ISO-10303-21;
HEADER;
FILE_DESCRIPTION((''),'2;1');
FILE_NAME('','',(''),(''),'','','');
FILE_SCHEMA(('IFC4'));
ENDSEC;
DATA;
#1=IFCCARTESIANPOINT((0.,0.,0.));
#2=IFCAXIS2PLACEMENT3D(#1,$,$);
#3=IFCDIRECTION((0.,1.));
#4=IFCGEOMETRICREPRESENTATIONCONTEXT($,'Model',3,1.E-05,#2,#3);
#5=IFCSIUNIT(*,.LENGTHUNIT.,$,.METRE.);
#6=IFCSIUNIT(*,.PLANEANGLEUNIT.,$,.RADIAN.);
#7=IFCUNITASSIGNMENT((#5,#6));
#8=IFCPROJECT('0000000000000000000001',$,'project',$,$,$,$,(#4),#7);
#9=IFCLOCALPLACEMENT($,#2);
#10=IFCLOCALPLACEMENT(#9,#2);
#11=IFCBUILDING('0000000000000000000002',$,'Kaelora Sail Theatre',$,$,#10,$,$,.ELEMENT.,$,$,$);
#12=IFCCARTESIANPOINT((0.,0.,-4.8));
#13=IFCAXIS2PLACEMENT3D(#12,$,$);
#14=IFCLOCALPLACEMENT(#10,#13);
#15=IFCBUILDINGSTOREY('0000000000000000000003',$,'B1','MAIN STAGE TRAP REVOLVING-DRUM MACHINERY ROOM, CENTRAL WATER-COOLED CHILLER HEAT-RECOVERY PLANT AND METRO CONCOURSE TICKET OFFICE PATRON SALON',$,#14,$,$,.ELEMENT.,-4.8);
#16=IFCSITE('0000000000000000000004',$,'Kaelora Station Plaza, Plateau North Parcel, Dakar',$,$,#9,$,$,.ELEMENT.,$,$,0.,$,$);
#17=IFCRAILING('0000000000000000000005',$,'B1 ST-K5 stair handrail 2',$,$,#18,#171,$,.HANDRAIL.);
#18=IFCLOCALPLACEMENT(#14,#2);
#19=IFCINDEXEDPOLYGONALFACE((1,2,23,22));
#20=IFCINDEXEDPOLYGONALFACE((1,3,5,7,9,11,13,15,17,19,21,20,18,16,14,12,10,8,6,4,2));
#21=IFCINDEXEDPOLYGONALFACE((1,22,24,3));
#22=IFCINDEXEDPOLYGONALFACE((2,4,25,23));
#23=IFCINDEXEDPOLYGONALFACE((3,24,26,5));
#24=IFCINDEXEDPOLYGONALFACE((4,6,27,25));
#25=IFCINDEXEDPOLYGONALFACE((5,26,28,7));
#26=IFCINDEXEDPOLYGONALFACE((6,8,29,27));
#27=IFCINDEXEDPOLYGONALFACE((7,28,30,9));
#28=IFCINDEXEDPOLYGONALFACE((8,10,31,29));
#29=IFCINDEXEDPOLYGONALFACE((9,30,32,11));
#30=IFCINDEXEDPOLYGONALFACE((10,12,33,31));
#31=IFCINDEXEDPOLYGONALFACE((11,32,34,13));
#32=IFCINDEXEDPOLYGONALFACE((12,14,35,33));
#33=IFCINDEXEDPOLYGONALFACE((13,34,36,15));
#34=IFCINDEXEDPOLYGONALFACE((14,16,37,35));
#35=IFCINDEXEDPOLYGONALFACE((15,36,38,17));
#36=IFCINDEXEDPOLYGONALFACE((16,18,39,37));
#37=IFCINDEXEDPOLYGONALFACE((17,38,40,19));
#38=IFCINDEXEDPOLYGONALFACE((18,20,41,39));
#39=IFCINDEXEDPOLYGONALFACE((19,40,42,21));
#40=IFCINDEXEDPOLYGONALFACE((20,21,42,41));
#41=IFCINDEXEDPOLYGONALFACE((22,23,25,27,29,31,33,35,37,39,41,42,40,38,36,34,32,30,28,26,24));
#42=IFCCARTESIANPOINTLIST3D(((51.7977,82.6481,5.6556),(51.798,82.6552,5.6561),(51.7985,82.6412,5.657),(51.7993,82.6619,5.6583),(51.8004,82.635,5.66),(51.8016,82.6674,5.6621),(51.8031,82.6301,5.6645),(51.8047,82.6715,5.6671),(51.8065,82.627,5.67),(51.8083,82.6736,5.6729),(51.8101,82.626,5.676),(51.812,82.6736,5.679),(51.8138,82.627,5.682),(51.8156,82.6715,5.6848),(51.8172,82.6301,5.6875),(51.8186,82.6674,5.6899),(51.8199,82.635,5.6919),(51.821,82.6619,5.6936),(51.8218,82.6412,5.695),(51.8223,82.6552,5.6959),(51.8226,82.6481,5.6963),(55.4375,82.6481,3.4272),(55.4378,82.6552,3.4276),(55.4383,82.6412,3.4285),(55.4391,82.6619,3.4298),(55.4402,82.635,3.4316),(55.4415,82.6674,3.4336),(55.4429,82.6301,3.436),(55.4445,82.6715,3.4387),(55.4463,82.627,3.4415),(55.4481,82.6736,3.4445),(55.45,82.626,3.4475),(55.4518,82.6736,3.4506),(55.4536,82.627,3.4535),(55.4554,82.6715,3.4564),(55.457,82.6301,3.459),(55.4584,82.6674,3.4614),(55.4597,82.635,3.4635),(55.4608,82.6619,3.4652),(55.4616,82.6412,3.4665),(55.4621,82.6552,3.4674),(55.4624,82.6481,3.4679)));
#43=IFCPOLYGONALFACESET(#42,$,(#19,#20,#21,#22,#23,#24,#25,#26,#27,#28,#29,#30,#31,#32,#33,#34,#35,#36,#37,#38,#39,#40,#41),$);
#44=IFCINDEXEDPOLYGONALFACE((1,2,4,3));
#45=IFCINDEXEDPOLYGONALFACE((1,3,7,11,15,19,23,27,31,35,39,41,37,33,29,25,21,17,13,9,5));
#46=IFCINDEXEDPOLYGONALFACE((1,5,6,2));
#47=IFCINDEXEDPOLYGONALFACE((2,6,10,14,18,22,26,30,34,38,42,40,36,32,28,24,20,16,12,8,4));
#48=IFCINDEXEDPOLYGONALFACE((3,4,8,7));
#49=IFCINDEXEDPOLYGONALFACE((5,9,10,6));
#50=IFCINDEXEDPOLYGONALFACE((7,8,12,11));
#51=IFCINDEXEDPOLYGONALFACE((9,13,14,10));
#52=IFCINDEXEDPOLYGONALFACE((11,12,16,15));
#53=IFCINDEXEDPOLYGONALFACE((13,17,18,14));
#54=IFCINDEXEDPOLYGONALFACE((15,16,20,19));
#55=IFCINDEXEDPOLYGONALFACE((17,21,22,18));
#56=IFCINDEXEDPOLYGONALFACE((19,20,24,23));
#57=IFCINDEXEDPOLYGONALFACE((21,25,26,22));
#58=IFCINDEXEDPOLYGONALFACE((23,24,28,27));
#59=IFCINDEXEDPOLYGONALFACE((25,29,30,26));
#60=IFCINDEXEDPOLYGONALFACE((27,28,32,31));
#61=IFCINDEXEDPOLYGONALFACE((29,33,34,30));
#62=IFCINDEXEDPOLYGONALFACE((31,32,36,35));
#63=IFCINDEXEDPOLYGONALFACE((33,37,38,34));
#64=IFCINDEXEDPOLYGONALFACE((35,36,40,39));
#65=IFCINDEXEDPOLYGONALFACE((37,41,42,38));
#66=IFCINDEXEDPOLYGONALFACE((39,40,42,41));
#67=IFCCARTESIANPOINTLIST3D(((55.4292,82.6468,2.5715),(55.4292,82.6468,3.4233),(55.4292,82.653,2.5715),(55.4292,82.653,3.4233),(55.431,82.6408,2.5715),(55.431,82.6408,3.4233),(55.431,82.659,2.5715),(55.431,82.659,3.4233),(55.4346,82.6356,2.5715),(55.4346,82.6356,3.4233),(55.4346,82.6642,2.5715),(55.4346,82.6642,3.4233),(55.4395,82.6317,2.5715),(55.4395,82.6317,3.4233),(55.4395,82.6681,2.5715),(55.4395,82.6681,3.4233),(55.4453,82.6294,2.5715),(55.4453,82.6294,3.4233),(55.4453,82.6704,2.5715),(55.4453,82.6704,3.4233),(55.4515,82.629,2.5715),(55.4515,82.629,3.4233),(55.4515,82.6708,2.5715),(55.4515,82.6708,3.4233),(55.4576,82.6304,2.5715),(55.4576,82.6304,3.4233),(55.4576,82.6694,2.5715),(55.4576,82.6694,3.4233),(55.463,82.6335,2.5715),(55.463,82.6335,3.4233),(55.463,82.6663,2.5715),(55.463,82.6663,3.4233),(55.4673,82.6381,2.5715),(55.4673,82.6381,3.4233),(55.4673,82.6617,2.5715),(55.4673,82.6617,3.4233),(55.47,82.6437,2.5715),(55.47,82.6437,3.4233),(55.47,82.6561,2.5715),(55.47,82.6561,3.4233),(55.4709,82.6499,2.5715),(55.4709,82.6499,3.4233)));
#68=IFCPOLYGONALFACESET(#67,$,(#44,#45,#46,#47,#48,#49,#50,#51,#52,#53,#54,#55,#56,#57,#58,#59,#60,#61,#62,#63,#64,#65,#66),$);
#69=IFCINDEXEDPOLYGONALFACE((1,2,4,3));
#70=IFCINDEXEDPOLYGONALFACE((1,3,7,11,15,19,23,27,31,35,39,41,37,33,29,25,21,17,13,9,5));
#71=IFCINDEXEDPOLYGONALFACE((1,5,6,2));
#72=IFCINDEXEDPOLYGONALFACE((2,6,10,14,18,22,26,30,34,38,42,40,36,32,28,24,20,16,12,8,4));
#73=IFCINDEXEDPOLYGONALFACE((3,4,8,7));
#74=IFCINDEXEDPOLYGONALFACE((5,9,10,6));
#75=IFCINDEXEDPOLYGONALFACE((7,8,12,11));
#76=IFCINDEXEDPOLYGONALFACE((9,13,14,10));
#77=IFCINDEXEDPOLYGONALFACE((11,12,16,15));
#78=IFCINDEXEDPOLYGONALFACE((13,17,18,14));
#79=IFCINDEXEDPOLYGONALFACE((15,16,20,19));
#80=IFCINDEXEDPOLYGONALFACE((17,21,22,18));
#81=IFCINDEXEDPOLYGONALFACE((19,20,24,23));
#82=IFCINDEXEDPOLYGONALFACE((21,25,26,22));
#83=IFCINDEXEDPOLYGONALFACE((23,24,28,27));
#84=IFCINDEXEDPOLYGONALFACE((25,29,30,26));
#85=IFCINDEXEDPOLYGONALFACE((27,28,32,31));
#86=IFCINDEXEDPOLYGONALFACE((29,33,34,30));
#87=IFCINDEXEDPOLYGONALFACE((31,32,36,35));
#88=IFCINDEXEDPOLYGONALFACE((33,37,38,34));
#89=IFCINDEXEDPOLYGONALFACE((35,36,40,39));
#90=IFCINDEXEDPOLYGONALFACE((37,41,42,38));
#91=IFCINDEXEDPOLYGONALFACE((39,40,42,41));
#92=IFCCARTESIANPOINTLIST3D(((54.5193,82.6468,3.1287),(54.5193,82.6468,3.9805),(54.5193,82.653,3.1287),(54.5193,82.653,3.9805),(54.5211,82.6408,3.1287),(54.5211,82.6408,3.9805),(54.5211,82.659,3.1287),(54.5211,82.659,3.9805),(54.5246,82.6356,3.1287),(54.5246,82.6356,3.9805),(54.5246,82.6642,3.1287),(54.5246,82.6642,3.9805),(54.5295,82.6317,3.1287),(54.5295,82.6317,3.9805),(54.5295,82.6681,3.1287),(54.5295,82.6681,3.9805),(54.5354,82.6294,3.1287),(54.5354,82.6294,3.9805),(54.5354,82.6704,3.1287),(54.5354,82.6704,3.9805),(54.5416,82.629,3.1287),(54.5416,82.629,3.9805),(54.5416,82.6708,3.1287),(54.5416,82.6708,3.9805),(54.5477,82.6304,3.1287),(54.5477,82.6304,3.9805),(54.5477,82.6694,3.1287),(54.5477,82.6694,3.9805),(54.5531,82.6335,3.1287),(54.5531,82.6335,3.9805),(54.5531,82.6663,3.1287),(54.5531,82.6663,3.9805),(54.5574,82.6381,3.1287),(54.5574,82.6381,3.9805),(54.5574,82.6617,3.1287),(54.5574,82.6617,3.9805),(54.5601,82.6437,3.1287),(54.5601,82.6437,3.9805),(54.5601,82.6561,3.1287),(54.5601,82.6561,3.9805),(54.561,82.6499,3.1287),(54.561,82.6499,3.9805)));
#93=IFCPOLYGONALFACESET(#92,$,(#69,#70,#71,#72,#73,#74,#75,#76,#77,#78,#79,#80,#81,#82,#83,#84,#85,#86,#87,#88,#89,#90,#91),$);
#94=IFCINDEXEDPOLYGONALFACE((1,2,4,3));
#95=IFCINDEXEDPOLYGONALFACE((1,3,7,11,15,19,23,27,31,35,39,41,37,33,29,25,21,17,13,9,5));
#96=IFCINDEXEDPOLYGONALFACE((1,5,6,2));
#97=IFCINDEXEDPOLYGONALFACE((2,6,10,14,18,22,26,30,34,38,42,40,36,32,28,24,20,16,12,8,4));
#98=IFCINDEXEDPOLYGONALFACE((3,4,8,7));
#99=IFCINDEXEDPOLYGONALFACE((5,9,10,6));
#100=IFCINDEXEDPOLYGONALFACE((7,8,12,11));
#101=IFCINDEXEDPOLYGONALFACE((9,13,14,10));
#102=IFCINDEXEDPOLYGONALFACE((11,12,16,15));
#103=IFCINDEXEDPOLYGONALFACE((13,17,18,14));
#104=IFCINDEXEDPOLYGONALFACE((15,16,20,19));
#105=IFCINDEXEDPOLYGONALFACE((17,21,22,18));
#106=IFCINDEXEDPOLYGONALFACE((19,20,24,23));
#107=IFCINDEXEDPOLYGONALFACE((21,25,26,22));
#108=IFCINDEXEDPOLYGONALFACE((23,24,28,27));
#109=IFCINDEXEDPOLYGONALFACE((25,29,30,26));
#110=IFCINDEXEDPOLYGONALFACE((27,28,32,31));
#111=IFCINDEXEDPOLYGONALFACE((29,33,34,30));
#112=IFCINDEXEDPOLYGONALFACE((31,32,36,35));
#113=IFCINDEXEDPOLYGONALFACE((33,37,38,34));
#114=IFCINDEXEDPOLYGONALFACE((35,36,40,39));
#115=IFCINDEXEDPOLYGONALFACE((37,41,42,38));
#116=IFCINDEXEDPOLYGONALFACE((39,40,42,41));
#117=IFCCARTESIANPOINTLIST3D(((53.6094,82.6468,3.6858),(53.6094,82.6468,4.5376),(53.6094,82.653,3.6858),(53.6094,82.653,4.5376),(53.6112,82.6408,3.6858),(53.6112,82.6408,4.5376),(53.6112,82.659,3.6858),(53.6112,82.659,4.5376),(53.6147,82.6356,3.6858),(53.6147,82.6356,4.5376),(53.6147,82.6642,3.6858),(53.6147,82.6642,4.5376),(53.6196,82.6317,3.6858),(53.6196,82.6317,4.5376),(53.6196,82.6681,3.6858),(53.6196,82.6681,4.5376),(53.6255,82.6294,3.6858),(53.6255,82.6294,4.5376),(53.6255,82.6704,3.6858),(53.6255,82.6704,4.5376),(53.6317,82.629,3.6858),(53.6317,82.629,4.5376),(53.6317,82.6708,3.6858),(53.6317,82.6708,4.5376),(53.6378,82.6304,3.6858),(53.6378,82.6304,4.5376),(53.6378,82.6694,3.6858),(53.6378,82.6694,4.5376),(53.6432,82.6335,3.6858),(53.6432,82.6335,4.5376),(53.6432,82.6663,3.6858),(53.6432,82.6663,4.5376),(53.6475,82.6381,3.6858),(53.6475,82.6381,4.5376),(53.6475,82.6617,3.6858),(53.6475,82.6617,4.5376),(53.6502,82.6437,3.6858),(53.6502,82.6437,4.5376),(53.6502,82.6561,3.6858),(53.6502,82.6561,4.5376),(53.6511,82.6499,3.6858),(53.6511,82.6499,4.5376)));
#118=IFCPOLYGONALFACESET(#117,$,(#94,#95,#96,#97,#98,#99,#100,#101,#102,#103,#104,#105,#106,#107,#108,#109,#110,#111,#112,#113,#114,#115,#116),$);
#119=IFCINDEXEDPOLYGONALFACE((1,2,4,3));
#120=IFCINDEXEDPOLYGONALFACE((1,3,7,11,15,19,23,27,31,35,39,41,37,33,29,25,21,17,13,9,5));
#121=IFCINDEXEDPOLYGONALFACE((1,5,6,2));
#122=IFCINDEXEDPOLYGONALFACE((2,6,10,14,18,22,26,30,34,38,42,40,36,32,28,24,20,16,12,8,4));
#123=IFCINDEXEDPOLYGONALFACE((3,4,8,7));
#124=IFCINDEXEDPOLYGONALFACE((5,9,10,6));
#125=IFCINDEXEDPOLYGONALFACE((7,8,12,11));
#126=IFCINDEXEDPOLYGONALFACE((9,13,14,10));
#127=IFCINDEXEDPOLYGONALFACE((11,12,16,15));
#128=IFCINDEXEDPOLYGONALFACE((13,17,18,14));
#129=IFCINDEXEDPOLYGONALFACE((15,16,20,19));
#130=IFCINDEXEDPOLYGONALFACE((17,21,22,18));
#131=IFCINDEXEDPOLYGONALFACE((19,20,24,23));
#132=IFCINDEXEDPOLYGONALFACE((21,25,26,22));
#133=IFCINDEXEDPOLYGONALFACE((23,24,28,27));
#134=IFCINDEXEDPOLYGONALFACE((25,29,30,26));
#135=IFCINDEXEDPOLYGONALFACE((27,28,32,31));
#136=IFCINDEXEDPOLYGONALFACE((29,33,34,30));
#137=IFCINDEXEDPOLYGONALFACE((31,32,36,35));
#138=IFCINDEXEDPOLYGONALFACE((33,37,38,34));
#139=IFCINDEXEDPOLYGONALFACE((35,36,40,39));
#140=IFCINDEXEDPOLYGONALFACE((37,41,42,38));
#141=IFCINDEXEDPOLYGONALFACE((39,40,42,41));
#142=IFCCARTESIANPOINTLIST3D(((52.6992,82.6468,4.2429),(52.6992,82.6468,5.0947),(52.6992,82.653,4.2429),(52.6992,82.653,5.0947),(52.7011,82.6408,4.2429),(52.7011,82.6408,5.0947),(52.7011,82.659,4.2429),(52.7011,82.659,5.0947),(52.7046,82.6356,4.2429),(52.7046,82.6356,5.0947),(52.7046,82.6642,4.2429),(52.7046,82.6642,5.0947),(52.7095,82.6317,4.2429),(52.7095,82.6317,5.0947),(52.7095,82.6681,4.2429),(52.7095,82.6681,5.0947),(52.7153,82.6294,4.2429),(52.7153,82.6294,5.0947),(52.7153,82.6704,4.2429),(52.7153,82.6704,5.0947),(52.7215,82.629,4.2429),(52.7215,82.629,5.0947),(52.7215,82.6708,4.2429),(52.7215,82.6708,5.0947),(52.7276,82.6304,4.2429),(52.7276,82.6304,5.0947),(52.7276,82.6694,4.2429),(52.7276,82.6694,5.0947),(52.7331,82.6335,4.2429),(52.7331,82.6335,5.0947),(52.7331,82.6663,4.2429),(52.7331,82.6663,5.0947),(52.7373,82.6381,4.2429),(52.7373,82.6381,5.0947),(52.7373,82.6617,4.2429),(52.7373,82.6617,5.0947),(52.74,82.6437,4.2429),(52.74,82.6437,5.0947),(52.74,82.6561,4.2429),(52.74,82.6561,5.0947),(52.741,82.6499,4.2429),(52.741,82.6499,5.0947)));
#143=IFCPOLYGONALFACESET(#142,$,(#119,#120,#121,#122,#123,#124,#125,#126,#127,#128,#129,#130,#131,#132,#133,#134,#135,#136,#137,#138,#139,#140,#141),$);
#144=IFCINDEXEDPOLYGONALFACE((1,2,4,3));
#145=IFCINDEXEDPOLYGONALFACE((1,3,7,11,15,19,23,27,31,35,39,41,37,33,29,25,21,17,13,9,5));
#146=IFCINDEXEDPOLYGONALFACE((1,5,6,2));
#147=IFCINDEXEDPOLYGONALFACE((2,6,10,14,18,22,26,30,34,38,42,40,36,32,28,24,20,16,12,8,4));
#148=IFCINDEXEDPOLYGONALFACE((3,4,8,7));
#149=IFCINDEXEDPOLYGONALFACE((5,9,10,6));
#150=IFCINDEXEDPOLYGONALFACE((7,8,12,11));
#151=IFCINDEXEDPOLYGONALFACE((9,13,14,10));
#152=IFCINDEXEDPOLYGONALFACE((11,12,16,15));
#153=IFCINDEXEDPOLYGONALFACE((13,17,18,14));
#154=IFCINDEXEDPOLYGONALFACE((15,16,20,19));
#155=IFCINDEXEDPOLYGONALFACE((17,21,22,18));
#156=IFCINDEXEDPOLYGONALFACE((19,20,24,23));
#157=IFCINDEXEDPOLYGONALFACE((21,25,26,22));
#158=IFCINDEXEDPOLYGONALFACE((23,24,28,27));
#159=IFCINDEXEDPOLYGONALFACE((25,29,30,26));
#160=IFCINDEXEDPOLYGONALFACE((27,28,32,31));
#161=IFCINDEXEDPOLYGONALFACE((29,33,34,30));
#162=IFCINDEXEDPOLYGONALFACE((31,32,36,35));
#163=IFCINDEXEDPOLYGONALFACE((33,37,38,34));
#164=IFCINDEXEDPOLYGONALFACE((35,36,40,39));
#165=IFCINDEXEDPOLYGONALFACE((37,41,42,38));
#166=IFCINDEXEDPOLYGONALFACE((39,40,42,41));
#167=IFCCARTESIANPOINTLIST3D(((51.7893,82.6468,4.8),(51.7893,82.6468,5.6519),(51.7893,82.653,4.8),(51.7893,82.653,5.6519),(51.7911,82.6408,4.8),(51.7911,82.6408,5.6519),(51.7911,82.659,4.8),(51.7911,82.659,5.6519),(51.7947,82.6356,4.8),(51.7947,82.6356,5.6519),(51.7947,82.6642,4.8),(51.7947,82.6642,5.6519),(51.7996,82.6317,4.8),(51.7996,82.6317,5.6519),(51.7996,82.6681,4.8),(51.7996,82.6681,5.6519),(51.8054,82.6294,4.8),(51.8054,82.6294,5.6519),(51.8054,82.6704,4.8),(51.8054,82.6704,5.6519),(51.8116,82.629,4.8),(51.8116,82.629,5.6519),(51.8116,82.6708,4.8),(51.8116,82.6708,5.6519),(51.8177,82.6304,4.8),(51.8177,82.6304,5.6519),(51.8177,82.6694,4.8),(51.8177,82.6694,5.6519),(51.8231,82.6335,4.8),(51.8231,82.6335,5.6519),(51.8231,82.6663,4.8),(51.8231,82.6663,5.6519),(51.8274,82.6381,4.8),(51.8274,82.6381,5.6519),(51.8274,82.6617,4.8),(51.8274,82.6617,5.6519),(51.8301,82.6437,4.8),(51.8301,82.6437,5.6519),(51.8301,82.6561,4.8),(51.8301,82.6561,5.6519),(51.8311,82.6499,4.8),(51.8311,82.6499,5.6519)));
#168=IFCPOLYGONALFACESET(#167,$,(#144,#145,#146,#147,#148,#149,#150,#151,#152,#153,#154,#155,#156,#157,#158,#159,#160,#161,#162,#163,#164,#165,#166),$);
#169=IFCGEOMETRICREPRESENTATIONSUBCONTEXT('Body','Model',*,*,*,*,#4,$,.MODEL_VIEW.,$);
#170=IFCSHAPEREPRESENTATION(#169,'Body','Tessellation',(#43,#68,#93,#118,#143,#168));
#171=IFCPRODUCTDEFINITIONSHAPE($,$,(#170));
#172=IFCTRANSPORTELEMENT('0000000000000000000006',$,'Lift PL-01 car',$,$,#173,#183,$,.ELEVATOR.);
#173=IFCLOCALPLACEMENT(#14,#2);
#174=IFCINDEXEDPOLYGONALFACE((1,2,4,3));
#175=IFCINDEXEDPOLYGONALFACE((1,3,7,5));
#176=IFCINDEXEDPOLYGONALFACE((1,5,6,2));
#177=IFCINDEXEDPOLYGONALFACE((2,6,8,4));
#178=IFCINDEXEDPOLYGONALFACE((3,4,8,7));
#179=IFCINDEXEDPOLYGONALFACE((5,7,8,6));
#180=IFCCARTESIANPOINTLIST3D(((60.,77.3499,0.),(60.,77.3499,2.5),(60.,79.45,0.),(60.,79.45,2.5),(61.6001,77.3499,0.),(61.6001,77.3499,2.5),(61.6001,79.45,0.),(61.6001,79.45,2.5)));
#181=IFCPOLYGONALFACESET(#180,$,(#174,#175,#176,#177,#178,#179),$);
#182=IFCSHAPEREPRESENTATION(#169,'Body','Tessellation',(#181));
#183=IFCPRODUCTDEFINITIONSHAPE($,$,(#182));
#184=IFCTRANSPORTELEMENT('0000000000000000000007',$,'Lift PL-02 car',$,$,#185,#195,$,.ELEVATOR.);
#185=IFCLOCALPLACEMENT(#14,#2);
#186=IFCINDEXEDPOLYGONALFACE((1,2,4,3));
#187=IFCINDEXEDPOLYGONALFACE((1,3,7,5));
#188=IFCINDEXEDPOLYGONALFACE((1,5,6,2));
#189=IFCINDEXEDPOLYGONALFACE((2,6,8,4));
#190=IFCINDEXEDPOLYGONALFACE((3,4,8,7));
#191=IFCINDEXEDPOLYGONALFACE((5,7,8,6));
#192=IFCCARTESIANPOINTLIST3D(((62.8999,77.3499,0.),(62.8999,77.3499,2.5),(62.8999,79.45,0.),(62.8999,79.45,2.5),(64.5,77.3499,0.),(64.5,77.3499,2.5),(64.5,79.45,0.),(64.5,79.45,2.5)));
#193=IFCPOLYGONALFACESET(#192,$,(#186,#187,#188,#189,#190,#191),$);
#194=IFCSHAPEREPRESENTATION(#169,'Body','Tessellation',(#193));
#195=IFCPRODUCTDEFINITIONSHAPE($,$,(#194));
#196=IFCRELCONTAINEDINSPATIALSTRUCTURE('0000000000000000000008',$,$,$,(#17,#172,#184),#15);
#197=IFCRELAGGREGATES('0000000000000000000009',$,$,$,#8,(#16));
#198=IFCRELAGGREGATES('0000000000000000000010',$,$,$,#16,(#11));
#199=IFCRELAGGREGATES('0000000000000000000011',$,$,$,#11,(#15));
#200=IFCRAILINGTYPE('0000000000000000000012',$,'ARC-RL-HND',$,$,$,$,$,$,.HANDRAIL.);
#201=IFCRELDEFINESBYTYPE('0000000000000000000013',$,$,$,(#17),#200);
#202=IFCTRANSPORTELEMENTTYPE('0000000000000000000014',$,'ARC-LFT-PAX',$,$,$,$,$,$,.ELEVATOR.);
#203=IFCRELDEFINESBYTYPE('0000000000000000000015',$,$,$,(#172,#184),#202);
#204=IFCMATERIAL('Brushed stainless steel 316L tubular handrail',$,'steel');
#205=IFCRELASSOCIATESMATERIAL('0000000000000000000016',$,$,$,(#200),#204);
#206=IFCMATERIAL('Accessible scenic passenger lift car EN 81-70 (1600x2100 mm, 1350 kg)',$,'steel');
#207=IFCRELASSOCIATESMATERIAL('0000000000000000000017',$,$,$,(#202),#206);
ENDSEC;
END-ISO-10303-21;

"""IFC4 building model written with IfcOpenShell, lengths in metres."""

from ifc_helpers import new_model, si_unit, direction, frame, origin, origin_2d, place, context, subcontext, project, spatial, rectangle, circle, extrude, material, type_object, element, save


model = new_model("IFC4")

# Units and contexts
model_context = context("Model", 3, precision=1e-05, world=origin(), true_north=direction((0.0, 1.0)))
body_context = subcontext(model_context, "Body", "Model", "MODEL_VIEW")
ifc_project = project(units=[si_unit("LENGTHUNIT", "METRE"), si_unit("PLANEANGLEUNIT", "RADIAN")], contexts=[model_context])

# Site, building, storey
site_placement = place(None, origin())
site = spatial("IfcSite", under=ifc_project, at=site_placement, Name="Kaelora Station Plaza, Plateau North Parcel, Dakar", CompositionType="ELEMENT", RefElevation=0.0)
building_placement = place(site_placement, origin())
building = spatial("IfcBuilding", under=site, at=building_placement, Name="Kaelora Sail Theatre", CompositionType="ELEMENT")
storey_placement = place(building_placement, frame((0.0, 0.0, -4.8)))
storey = spatial("IfcBuildingStorey", under=building, at=storey_placement, Name="B1", Description="MAIN STAGE TRAP REVOLVING-DRUM MACHINERY ROOM, CENTRAL WATER-COOLED CHILLER HEAT-RECOVERY PLANT AND METRO CONCOURSE TICKET OFFICE PATRON SALON", CompositionType="ELEMENT", Elevation=-4.8)

# Railing
ifc_material_1 = material(Name="Brushed stainless steel 316L tubular handrail", Category="steel")
railing_type_1 = type_object("IfcRailingType", Name="ARC-RL-HND", PredefinedType="HANDRAIL", material=ifc_material_1)
railing_1_placement = place(storey_placement, frame((55.45, 82.6499, 2.5715)))
element("IfcRailing", 1, at=railing_1_placement, inside=storey, type_object=railing_type_1, Name="B1 ST-K5 stair handrail 2", PredefinedType="HANDRAIL", context=body_context, shape_type="SweptSolid", body=[
    extrude(circle(Radius=0.0239, at=origin_2d()), frame((0.0, 0.0, 0.876), z_axis=(-0.85285, 0.0, 0.522156), x_axis=(0.0, -1.0, 0.0)), (0.0, 0.0, 1.0), 4.2678),
    extrude(circle(Radius=0.021, at=origin_2d()), origin(), (0.0, 0.0, 1.0), 0.8518),
    extrude(circle(Radius=0.021, at=origin_2d()), frame((-0.9099, 0.0, 0.5571)), (0.0, 0.0, 1.0), 0.8518),
    extrude(circle(Radius=0.021, at=origin_2d()), frame((-1.8198, 0.0, 1.1143)), (0.0, 0.0, 1.0), 0.8518),
    extrude(circle(Radius=0.021, at=origin_2d()), frame((-2.73, 0.0, 1.6714)), (0.0, 0.0, 1.0), 0.8518),
    extrude(circle(Radius=0.021, at=origin_2d()), frame((-3.6399, 0.0, 2.2285)), (0.0, 0.0, 1.0), 0.8518),
])

# Transport elements
ifc_material_2 = material(Name="Accessible scenic passenger lift car EN 81-70 (1600x2100 mm, 1350 kg)", Category="steel")
transport_element_type = type_object("IfcTransportElementType", Name="ARC-LFT-PAX", PredefinedType="ELEVATOR", material=ifc_material_2)
for number, where, z_axis, x_axis, name in (
    (2, (60.8, 78.3999, 0.0), (0.0, 0.0, 1.0), (1.0, 0.0, 0.0), "Lift PL-01 car"),
    (3, (63.7, 78.3999, 0.0), (0.0, 0.0, 1.0), (1.0, 0.0, 0.0), "Lift PL-02 car"),
):
    element("IfcTransportElement", number, at=place(storey_placement, frame(where, z_axis=z_axis, x_axis=x_axis)), inside=storey, type_object=transport_element_type, Name=name, PredefinedType="ELEVATOR", context=body_context, shape_type="SweptSolid", body=[
        extrude(rectangle(XDim=1.6001, YDim=2.1001, at=origin_2d()), origin(), (0.0, 0.0, 1.0), 2.5),
    ])

save(model, "model.ifc")
